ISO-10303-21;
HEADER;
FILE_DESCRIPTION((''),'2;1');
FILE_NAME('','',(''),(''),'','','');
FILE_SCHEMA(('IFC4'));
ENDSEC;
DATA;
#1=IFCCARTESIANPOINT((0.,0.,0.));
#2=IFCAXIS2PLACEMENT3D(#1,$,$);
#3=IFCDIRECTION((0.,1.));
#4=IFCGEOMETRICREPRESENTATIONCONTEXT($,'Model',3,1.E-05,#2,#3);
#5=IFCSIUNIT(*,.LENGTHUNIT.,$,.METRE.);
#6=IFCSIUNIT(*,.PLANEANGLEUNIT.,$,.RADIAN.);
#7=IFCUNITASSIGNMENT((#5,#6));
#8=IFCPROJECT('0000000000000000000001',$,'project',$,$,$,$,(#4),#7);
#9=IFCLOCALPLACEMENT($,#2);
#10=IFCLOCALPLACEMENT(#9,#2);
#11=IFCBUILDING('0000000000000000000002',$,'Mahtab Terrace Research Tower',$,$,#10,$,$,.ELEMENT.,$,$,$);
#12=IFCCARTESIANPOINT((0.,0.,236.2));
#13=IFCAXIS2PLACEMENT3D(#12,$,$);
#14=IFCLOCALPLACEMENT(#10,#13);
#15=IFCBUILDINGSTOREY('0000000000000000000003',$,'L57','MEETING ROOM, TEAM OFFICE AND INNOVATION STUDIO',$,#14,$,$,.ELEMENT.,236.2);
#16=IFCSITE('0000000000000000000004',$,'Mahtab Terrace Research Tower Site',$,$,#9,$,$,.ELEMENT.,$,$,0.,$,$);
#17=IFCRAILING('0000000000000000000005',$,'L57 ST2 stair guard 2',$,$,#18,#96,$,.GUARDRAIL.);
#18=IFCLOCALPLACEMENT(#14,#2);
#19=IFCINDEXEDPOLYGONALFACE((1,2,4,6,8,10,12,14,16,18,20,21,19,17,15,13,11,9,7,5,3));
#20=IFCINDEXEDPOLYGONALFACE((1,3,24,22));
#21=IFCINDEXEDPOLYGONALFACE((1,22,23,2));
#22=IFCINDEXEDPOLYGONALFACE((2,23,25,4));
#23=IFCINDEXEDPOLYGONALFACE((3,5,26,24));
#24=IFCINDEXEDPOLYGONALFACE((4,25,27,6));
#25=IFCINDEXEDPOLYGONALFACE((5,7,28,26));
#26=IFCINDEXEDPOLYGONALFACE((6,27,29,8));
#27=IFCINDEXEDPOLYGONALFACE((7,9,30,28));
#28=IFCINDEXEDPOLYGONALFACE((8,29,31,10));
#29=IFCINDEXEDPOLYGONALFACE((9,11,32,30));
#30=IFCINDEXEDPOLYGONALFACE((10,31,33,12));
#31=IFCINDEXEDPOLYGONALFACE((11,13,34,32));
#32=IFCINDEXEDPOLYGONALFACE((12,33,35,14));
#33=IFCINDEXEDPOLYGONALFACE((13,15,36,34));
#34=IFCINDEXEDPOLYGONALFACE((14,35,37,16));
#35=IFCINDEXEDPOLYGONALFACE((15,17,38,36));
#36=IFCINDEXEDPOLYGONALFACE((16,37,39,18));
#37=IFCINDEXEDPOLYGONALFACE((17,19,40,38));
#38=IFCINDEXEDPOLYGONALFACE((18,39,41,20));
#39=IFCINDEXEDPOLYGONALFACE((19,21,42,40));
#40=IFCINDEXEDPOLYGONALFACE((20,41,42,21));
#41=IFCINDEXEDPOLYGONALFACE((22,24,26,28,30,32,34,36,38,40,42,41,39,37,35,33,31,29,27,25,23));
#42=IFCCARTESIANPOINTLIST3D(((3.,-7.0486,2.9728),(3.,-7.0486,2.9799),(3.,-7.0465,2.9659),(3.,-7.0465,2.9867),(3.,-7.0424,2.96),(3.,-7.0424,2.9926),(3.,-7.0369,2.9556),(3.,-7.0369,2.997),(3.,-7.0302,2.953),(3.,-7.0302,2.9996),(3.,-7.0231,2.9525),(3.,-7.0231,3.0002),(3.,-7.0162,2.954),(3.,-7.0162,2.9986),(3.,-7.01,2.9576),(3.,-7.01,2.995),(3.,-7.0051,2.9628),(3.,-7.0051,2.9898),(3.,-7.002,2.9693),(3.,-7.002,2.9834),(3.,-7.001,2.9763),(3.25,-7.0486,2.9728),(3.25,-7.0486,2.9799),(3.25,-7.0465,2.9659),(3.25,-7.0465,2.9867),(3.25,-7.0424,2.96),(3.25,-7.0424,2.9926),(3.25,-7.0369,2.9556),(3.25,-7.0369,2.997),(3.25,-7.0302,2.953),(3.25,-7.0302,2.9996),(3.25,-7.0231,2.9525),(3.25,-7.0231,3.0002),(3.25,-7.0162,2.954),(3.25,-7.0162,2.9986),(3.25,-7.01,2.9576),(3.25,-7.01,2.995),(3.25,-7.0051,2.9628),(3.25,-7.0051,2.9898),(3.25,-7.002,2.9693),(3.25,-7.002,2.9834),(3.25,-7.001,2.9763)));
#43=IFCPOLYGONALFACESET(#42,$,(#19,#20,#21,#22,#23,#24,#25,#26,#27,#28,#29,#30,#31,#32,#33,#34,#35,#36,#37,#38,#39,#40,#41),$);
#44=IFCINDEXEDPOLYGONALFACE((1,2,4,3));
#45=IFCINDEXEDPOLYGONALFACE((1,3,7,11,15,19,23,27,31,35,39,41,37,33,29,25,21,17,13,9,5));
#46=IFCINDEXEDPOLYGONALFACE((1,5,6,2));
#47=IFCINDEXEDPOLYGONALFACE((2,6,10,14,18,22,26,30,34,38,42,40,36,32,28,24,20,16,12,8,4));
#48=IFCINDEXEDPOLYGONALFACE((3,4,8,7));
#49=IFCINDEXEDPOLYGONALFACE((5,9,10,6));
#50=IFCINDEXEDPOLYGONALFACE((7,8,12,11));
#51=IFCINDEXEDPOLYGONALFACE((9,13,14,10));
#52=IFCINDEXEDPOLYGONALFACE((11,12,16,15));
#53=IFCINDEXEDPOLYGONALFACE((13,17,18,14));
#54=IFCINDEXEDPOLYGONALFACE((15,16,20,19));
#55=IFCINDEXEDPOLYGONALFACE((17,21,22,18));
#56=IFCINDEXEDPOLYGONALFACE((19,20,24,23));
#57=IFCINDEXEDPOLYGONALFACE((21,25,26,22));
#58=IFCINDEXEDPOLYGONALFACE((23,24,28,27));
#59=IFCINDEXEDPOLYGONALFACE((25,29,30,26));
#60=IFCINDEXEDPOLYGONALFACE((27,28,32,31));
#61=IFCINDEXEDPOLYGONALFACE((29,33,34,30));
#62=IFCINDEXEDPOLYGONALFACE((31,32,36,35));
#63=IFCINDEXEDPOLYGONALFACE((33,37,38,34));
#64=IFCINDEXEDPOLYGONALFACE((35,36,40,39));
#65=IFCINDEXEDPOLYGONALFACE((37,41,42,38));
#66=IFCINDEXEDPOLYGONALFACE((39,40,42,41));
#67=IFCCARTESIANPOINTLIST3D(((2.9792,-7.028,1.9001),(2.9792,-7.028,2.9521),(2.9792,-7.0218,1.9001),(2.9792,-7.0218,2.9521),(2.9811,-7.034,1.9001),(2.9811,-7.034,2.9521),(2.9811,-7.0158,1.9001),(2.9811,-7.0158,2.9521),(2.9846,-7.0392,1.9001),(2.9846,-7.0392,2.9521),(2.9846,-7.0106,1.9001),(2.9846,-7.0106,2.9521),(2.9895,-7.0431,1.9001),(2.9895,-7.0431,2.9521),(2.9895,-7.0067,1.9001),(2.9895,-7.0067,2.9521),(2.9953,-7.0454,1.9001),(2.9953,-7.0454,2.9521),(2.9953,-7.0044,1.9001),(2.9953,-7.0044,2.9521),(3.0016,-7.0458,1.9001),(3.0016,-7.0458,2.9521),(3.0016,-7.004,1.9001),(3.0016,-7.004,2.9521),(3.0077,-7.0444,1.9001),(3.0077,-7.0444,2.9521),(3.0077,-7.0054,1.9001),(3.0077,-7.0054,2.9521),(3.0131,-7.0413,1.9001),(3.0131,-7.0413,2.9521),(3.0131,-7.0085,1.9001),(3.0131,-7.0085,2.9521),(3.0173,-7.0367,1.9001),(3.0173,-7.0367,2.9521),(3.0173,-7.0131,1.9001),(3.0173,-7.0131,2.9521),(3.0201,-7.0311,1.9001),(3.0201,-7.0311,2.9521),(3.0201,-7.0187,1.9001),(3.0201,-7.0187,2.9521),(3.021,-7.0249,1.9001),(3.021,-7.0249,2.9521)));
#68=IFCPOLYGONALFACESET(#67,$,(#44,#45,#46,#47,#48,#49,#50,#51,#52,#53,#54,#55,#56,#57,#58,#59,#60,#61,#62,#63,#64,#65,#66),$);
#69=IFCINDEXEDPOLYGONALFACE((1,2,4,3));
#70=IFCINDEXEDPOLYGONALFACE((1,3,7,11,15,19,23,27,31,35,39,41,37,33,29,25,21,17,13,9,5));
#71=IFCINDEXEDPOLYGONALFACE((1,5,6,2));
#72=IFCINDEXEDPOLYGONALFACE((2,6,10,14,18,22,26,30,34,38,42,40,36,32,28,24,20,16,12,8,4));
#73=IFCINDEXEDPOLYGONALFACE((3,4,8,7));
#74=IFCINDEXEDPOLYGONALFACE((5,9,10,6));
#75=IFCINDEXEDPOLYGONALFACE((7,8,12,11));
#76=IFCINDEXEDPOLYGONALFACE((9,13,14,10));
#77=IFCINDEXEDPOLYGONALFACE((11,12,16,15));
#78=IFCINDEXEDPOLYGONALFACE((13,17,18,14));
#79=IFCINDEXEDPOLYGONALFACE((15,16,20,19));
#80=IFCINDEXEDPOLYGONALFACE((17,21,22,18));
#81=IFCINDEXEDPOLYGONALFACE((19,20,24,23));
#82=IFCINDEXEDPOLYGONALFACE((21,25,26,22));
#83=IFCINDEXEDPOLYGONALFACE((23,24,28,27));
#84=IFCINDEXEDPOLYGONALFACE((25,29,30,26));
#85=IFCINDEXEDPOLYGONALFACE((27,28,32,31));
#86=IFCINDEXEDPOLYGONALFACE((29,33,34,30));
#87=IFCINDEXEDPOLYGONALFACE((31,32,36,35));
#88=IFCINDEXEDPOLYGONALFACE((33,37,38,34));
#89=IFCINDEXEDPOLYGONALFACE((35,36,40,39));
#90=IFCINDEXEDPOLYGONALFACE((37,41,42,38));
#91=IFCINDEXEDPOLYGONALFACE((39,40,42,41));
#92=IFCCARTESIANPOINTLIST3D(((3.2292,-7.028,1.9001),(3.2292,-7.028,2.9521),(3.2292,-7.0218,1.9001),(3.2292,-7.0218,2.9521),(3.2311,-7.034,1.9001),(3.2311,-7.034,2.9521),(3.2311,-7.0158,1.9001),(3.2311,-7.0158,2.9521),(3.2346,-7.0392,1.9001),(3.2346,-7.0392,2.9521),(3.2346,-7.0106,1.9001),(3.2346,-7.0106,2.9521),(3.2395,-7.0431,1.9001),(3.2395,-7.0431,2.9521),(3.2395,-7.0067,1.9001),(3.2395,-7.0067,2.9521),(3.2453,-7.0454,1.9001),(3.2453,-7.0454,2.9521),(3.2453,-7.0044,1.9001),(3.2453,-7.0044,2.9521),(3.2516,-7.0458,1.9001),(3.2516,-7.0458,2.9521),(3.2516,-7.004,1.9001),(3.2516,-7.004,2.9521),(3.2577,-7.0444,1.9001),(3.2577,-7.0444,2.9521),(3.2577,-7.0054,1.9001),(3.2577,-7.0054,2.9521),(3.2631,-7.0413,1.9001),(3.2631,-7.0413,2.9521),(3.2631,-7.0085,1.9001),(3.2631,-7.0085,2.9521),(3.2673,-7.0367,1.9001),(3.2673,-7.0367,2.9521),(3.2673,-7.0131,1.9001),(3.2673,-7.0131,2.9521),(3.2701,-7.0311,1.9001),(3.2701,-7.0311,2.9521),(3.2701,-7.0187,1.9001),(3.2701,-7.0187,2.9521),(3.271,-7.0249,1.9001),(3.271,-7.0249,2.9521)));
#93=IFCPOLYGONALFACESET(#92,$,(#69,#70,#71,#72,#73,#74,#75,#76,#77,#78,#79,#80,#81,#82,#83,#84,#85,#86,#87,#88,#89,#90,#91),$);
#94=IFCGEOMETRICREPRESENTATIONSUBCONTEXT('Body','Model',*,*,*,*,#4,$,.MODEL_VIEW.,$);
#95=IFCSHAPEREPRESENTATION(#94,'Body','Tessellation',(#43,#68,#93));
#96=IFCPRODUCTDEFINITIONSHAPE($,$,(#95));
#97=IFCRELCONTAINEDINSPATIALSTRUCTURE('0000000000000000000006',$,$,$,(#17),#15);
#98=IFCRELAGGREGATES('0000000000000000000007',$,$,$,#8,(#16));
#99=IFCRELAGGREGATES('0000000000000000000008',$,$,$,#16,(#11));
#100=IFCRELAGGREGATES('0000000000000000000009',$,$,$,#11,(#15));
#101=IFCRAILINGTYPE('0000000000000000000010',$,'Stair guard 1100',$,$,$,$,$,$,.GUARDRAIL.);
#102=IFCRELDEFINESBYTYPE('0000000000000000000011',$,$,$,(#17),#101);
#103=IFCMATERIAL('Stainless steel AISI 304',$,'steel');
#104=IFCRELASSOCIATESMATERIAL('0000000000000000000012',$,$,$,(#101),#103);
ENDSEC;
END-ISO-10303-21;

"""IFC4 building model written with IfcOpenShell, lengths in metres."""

from ifc_helpers import new_model, si_unit, direction, frame, origin, origin_2d, place, context, subcontext, project, spatial, circle, extrude, material, type_object, element, save


model = new_model("IFC4")

# Units and contexts
model_context = context("Model", 3, precision=1e-05, world=origin(), true_north=direction((0.0, 1.0)))
body_context = subcontext(model_context, "Body", "Model", "MODEL_VIEW")
ifc_project = project(units=[si_unit("LENGTHUNIT", "METRE"), si_unit("PLANEANGLEUNIT", "RADIAN")], contexts=[model_context])

# Site, building, storey
site_placement = place(None, origin())
site = spatial("IfcSite", under=ifc_project, at=site_placement, Name="Mahtab Terrace Research Tower Site", CompositionType="ELEMENT", RefElevation=0.0)
building_placement = place(site_placement, origin())
building = spatial("IfcBuilding", under=site, at=building_placement, Name="Mahtab Terrace Research Tower", CompositionType="ELEMENT")
storey_placement = place(building_placement, frame((0.0, 0.0, 236.2)))
storey = spatial("IfcBuildingStorey", under=building, at=storey_placement, Name="L57", Description="MEETING ROOM, TEAM OFFICE AND INNOVATION STUDIO", CompositionType="ELEMENT", Elevation=236.2)

# Railing
ifc_material_1 = material(Name="Stainless steel AISI 304", Category="steel")
railing_type_1 = type_object("IfcRailingType", Name="Stair guard 1100", PredefinedType="GUARDRAIL", material=ifc_material_1)
railing_1_placement = place(storey_placement, frame((3.0, -7.0249, 1.9001)))
element("IfcRailing", 1, at=railing_1_placement, inside=storey, type_object=railing_type_1, Name="L57 ST2 stair guard 2", PredefinedType="GUARDRAIL", context=body_context, shape_type="SweptSolid", body=[
    extrude(circle(Radius=0.0239, at=origin_2d()), frame((0.0, 0.0, 1.0762), z_axis=(1.0, 0.0, 0.0), x_axis=(0.0, 1.0, 0.0)), (0.0, 0.0, 1.0), 0.25),
    extrude(circle(Radius=0.021, at=origin_2d()), origin(), (0.0, 0.0, 1.0), 1.052),
    extrude(circle(Radius=0.021, at=origin_2d()), frame((0.25, 0.0, 0.0)), (0.0, 0.0, 1.0), 1.052),
])

save(model, "model.ifc")
